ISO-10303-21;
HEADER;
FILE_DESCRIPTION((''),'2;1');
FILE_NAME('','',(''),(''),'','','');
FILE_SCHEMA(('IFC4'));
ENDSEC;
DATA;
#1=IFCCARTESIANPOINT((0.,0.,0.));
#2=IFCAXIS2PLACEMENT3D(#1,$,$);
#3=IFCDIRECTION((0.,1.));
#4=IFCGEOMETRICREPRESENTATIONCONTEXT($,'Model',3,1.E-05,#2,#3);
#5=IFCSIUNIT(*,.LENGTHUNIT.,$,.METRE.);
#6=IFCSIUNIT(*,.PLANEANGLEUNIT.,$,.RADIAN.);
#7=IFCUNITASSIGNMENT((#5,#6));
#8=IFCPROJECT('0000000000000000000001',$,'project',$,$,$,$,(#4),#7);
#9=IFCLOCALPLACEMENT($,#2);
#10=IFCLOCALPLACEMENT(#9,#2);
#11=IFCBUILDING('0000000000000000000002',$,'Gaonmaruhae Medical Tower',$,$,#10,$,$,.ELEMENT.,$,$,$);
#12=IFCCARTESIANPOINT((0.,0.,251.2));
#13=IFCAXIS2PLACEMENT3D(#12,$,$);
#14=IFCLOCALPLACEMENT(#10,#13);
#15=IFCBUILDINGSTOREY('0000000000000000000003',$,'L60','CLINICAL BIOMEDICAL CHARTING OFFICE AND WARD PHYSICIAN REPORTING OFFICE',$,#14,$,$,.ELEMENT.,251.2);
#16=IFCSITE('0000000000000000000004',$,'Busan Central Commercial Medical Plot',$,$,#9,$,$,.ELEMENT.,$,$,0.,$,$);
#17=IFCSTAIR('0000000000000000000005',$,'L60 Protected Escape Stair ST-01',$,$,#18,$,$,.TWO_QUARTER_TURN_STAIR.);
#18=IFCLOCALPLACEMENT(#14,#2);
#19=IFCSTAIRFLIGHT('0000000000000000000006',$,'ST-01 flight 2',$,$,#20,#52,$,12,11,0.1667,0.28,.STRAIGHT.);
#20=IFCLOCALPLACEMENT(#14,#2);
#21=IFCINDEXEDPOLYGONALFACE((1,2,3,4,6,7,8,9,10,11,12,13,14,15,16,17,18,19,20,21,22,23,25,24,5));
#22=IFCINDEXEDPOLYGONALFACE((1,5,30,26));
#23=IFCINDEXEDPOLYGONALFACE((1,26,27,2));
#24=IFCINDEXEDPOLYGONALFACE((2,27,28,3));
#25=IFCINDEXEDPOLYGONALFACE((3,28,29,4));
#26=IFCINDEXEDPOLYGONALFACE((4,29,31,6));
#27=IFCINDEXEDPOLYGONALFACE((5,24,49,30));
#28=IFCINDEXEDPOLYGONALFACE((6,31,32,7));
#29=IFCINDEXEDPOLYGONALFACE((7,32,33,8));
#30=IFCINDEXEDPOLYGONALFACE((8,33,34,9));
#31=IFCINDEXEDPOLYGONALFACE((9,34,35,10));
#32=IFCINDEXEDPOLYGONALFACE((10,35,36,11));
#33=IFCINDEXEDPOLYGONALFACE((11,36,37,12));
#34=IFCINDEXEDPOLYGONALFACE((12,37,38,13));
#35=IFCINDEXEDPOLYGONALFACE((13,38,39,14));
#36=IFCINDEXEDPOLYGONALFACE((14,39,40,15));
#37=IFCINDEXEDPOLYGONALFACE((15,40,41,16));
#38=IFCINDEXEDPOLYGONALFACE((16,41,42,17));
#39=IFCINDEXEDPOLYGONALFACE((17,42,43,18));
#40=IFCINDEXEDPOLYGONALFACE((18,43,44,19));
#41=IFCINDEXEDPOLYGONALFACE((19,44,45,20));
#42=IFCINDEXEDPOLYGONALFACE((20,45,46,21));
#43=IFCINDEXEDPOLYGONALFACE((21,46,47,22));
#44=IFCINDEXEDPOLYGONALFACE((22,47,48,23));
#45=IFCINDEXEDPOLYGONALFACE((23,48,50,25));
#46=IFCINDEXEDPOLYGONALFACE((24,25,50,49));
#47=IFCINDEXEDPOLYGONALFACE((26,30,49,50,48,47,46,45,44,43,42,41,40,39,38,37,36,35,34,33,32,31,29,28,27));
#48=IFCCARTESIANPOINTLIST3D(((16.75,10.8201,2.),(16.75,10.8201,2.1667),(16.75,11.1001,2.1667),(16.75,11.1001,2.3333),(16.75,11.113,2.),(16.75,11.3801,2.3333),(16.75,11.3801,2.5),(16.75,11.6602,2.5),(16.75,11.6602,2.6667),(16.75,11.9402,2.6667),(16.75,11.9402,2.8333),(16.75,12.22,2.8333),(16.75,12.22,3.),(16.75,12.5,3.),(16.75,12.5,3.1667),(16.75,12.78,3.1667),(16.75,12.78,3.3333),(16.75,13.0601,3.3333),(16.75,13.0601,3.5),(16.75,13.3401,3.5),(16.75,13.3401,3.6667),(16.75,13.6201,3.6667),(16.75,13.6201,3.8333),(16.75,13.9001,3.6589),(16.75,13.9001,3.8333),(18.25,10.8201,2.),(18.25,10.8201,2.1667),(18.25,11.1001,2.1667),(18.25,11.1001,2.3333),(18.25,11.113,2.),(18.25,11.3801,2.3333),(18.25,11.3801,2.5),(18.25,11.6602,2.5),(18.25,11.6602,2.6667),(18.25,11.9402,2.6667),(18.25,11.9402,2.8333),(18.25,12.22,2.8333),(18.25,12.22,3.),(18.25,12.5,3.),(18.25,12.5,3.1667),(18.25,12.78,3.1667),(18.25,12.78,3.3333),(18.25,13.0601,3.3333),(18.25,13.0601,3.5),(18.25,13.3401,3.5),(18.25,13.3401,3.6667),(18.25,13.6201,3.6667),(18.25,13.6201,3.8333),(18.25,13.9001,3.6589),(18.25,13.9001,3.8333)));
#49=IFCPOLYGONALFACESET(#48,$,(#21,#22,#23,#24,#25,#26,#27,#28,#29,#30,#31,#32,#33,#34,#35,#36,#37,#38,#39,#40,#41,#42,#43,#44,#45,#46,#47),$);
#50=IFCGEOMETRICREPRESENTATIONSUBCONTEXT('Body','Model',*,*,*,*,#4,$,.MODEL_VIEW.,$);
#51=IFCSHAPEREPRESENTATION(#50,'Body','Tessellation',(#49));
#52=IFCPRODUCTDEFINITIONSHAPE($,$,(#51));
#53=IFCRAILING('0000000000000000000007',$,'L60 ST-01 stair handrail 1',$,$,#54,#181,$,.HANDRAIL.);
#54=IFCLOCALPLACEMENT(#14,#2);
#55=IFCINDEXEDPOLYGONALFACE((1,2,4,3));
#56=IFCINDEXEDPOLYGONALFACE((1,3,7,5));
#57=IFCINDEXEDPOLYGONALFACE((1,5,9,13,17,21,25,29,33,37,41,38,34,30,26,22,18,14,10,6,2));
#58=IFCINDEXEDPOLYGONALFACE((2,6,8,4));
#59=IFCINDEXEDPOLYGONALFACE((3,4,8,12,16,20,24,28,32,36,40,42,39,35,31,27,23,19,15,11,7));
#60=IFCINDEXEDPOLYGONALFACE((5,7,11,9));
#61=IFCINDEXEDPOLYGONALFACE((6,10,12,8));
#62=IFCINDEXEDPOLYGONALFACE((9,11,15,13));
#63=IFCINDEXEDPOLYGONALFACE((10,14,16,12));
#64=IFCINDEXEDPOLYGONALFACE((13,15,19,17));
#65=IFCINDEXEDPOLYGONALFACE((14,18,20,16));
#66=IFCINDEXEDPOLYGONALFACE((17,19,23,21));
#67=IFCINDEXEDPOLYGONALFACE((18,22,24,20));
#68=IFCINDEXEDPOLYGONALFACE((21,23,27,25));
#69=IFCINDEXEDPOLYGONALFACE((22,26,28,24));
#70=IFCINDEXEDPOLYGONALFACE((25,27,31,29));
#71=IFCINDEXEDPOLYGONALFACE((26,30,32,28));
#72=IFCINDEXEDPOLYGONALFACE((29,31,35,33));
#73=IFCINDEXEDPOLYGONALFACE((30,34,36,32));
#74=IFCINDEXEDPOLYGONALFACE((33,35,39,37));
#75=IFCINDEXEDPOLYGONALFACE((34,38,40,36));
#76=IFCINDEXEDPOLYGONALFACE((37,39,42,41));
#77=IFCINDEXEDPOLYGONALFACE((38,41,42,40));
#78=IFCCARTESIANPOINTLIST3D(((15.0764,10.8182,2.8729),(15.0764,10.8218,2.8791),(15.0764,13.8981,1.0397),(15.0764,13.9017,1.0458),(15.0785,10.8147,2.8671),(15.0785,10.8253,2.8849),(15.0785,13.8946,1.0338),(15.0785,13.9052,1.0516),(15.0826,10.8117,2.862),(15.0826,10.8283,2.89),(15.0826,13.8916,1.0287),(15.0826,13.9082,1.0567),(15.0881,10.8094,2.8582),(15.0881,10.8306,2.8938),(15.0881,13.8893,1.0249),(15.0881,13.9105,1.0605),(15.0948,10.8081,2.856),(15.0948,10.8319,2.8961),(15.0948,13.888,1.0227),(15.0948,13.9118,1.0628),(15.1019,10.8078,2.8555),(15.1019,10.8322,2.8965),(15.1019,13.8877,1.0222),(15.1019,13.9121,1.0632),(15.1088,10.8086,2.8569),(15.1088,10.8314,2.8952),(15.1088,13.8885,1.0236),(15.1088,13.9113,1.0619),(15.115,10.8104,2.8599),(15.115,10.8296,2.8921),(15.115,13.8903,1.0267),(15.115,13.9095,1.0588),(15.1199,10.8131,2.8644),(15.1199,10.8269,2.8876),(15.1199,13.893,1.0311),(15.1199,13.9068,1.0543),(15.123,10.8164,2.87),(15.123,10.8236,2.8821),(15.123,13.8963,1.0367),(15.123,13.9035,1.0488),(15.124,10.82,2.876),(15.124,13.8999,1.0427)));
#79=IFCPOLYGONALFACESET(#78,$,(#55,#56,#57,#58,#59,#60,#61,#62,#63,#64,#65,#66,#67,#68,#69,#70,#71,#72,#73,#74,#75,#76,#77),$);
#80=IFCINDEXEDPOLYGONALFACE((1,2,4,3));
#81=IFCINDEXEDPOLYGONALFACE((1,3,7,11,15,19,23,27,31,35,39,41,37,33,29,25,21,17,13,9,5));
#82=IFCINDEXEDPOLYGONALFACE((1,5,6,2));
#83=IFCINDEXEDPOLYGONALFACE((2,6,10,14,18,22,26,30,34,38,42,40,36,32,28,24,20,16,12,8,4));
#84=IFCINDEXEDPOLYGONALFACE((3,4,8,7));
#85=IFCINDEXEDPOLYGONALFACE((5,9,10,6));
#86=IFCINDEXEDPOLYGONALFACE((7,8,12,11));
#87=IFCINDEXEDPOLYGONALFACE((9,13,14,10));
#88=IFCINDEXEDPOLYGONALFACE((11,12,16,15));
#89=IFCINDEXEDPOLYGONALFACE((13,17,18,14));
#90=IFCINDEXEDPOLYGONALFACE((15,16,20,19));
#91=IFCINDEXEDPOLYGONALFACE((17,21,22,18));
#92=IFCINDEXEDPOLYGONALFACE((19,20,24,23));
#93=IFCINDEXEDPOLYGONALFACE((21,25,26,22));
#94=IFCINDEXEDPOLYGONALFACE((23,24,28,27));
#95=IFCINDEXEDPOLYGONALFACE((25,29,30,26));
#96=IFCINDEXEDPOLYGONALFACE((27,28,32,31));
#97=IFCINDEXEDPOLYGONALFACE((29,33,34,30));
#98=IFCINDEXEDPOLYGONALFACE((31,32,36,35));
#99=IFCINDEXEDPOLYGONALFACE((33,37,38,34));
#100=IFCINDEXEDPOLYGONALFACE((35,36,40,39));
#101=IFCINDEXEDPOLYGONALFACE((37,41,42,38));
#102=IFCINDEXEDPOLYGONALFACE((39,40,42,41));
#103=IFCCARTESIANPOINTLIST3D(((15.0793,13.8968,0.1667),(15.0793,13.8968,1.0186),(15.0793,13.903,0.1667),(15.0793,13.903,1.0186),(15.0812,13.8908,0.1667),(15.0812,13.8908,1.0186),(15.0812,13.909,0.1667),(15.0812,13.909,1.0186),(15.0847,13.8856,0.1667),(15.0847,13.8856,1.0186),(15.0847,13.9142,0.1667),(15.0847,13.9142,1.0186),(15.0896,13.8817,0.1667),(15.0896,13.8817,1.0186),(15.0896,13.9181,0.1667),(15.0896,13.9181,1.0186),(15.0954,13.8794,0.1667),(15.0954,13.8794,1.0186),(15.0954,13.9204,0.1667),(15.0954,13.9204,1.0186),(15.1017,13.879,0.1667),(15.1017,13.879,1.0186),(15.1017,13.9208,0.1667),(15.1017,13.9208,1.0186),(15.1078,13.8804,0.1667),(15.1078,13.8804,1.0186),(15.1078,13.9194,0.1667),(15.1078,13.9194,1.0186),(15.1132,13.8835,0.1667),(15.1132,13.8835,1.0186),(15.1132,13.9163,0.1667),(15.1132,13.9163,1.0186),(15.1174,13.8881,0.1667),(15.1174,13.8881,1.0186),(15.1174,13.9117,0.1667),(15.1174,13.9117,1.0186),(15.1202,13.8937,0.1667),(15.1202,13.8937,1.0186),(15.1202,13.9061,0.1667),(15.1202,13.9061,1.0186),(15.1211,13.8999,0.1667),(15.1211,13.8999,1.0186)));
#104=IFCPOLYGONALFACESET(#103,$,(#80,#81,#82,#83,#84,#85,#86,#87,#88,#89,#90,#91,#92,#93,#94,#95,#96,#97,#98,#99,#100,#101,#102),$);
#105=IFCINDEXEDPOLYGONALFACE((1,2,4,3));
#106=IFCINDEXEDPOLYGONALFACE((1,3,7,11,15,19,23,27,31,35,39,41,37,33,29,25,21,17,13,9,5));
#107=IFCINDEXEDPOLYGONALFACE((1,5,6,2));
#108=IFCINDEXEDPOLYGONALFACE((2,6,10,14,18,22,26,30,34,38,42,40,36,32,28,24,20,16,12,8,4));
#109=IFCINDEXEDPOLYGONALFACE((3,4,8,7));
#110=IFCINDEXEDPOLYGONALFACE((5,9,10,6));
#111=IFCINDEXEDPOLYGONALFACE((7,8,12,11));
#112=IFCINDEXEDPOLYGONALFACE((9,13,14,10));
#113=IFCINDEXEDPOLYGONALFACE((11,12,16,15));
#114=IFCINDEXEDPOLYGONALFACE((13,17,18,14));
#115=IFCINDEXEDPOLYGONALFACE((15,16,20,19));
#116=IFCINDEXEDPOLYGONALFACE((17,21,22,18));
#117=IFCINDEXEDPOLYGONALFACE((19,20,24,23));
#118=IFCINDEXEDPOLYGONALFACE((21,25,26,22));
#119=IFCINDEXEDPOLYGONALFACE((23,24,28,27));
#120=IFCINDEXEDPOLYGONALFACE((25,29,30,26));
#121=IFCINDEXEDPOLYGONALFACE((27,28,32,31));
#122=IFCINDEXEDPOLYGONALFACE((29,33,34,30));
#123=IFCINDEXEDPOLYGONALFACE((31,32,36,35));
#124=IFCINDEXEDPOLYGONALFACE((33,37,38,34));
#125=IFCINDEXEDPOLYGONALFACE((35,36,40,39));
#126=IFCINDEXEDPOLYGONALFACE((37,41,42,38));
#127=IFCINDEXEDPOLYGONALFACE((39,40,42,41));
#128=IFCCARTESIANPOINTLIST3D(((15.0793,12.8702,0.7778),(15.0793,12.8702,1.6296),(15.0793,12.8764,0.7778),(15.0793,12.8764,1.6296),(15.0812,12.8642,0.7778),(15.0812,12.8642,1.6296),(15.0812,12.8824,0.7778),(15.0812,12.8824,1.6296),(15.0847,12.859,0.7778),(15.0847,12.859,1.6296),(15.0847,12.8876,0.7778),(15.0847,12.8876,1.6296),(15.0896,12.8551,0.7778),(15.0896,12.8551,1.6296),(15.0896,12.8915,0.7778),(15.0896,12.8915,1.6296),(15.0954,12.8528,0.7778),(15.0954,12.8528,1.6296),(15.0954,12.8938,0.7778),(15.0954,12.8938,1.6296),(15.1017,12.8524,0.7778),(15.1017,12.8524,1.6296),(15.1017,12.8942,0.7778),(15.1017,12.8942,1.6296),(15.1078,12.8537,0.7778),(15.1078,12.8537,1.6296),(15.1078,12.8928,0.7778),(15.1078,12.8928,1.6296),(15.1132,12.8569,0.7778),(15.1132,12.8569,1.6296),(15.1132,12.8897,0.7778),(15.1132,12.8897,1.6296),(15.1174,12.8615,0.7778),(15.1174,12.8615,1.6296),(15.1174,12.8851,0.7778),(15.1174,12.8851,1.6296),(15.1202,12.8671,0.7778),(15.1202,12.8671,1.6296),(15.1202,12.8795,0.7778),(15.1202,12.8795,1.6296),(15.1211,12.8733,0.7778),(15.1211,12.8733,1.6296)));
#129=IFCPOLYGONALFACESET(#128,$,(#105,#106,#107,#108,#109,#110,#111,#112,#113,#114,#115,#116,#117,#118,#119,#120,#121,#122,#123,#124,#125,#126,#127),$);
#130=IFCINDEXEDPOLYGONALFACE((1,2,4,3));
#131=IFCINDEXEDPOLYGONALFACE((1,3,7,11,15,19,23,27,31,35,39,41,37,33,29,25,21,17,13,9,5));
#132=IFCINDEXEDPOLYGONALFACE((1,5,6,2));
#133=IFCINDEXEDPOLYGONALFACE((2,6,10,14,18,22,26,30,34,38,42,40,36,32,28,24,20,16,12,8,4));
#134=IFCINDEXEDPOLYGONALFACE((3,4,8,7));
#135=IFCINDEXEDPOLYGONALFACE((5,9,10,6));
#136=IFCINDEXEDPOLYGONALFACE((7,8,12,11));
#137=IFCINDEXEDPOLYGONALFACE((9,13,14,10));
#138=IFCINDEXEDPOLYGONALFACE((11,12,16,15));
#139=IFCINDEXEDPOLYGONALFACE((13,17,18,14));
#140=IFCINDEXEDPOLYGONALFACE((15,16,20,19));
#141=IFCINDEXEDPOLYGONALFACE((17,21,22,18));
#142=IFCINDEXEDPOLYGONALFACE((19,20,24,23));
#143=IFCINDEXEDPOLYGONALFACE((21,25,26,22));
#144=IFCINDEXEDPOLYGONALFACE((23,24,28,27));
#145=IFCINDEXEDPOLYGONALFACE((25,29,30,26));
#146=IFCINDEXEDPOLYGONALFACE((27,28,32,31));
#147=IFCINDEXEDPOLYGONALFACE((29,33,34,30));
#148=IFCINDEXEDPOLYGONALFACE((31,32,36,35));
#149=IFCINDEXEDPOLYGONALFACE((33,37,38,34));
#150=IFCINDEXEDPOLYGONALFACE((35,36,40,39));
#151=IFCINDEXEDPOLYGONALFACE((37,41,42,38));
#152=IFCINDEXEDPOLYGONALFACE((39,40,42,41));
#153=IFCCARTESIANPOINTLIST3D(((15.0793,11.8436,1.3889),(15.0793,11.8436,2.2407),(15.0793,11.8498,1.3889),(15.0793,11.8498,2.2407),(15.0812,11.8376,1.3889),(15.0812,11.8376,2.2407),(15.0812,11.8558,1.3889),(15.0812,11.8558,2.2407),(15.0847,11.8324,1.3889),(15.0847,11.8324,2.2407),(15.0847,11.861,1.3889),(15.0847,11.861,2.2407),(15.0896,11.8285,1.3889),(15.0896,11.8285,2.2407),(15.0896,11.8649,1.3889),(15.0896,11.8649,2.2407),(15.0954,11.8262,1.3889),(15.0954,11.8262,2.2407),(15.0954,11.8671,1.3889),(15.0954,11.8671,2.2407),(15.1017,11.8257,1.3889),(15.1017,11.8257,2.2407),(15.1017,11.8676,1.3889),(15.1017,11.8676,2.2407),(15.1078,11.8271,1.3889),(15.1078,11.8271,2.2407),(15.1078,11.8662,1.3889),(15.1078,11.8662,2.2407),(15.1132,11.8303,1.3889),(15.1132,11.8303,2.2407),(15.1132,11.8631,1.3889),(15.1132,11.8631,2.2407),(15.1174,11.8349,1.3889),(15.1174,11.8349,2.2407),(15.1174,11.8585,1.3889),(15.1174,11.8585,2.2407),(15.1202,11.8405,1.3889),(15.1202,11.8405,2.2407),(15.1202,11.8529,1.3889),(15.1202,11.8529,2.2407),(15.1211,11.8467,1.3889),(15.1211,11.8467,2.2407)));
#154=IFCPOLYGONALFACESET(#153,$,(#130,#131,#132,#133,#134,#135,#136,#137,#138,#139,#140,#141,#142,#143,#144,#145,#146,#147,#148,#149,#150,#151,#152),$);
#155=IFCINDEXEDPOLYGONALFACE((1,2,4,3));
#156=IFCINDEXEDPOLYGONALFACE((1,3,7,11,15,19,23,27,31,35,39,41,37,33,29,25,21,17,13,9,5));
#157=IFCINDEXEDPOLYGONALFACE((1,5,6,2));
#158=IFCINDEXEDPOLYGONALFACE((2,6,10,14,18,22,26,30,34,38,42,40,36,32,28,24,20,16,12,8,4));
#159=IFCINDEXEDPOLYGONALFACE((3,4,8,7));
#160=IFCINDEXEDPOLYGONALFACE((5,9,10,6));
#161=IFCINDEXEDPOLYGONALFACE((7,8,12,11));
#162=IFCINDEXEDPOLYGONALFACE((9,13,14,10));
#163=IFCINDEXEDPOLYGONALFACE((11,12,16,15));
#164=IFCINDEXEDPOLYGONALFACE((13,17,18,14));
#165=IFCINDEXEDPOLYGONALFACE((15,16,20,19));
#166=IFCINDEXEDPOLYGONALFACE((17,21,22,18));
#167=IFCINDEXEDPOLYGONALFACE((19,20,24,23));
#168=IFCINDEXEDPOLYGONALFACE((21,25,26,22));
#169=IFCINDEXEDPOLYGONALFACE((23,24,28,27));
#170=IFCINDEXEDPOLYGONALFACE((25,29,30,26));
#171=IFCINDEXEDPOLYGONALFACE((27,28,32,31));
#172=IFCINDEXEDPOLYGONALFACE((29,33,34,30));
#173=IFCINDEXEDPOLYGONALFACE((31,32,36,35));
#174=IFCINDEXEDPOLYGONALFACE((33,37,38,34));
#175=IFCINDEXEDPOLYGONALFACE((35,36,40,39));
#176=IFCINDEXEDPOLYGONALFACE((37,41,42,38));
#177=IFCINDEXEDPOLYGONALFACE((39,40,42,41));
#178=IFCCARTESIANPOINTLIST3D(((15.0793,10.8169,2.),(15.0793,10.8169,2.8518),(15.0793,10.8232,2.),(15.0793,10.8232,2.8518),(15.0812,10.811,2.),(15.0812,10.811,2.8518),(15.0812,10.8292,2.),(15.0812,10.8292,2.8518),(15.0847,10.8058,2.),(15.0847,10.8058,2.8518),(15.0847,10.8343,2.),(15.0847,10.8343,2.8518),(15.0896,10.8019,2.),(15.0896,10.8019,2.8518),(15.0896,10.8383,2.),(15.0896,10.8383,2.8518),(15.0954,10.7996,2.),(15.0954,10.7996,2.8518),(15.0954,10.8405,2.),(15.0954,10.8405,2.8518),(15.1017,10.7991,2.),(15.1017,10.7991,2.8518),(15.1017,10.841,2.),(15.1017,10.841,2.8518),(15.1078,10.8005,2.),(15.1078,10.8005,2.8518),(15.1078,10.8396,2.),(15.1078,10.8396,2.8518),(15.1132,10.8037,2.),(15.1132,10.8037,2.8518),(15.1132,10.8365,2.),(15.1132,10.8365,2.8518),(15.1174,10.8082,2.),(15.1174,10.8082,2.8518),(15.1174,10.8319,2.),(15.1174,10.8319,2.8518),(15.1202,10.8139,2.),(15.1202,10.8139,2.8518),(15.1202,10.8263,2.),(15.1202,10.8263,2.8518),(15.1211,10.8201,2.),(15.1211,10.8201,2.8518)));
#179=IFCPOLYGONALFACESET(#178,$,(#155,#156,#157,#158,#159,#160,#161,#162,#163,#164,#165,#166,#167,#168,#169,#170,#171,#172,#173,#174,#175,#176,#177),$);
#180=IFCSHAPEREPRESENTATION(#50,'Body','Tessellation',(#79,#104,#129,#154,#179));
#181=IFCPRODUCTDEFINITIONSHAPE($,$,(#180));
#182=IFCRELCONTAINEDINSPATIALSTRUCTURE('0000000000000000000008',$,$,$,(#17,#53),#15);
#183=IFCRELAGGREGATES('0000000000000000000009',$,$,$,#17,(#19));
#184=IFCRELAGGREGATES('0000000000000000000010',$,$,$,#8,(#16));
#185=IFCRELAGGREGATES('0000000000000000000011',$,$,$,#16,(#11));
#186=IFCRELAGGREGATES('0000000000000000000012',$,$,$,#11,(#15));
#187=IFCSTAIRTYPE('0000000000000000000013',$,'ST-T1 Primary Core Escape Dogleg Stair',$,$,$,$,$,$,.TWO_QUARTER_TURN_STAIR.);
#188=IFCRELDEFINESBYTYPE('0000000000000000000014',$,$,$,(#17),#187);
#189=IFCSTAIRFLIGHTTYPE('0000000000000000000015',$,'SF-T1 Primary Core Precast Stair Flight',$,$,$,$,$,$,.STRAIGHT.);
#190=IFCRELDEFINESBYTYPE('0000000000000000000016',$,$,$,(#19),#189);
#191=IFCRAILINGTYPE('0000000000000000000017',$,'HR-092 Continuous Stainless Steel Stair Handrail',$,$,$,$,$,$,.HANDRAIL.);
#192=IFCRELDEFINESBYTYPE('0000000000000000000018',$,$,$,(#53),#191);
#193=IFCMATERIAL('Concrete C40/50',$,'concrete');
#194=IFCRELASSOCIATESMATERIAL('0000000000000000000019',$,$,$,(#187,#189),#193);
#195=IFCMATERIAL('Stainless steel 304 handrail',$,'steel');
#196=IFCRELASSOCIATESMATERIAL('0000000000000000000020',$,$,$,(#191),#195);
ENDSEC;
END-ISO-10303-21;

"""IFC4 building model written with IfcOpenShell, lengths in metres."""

from ifc_helpers import new_model, si_unit, direction, frame, origin, origin_2d, place, context, subcontext, project, spatial, polyline, circle, outline, extrude, material, type_object, element, aggregate, save


model = new_model("IFC4")

# Units and contexts
model_context = context("Model", 3, precision=1e-05, world=origin(), true_north=direction((0.0, 1.0)))
body_context = subcontext(model_context, "Body", "Model", "MODEL_VIEW")
ifc_project = project(units=[si_unit("LENGTHUNIT", "METRE"), si_unit("PLANEANGLEUNIT", "RADIAN")], contexts=[model_context])

# Site, building, storey
site_placement = place(None, origin())
site = spatial("IfcSite", under=ifc_project, at=site_placement, Name="Busan Central Commercial Medical Plot", CompositionType="ELEMENT", RefElevation=0.0)
building_placement = place(site_placement, origin())
building = spatial("IfcBuilding", under=site, at=building_placement, Name="Gaonmaruhae Medical Tower", CompositionType="ELEMENT")
storey_placement = place(building_placement, frame((0.0, 0.0, 251.2)))
storey = spatial("IfcBuildingStorey", under=building, at=storey_placement, Name="L60", Description="CLINICAL BIOMEDICAL CHARTING OFFICE AND WARD PHYSICIAN REPORTING OFFICE", CompositionType="ELEMENT", Elevation=251.2)

# Stair, stair flight
ifc_material_1 = material(Name="Concrete C40/50", Category="concrete")
stair_type = type_object("IfcStairType", Name="ST-T1 Primary Core Escape Dogleg Stair", PredefinedType="TWO_QUARTER_TURN_STAIR", material=ifc_material_1)
stair_placement = place(storey_placement, origin())
stair = element("IfcStair", 1, at=stair_placement, inside=storey, type_object=stair_type, Name="L60 Protected Escape Stair ST-01", PredefinedType="TWO_QUARTER_TURN_STAIR")
stair_flight_type = type_object("IfcStairFlightType", Name="SF-T1 Primary Core Precast Stair Flight", PredefinedType="STRAIGHT", material=ifc_material_1)
stair_flight_1_placement = place(storey_placement, frame((17.5, 10.8201, 2.0), z_axis=(0.0, 0.0, 1.0), x_axis=(0.0, 1.0, 0.0)))
stair_flight_1 = element("IfcStairFlight", 2, at=stair_flight_1_placement, type_object=stair_flight_type, Name="ST-01 flight 2", NumberOfRisers=12, NumberOfTreads=11, PredefinedType="STRAIGHT", RiserHeight=0.1667, TreadLength=0.28, context=body_context, shape_type="SweptSolid", body=[
    extrude(outline(polyline([(0.0, 0.0), (0.0, 0.1667), (0.28, 0.1667), (0.28, 0.3333), (0.5601, 0.3333), (0.5601, 0.5), (0.8401, 0.5), (0.8401, 0.6667), (1.1201, 0.6667), (1.1201, 0.8333), (1.3999, 0.8333), (1.3999, 1.0), (1.6799, 1.0), (1.6799, 1.1667), (1.96, 1.1667), (1.96, 1.3333), (2.24, 1.3333), (2.24, 1.5), (2.52, 1.5), (2.52, 1.6667), (2.8, 1.6667), (2.8, 1.8333), (3.0801, 1.8333), (3.0801, 2.0), (3.0801, 1.6589), (0.293, 0.0), (0.0, 0.0)])), frame((0.0, 0.75, 0.0), z_axis=(0.0, -1.0, 0.0), x_axis=(1.0, 0.0, 0.0)), (0.0, 0.0, 1.0), 1.5),
])
aggregate(stair, [stair_flight_1])

# Railing
ifc_material_2 = material(Name="Stainless steel 304 handrail", Category="steel")
railing_type_1 = type_object("IfcRailingType", Name="HR-092 Continuous Stainless Steel Stair Handrail", PredefinedType="HANDRAIL", material=ifc_material_2)
railing_1_placement = place(storey_placement, frame((15.1001, 13.8999, 0.1667)))
element("IfcRailing", 3, at=railing_1_placement, inside=storey, type_object=railing_type_1, Name="L60 ST-01 stair handrail 1", PredefinedType="HANDRAIL", context=body_context, shape_type="SweptSolid", body=[
    extrude(circle(Radius=0.0239, at=origin_2d()), frame((0.0, 0.0, 0.876), z_axis=(0.0, -0.859291, 0.511487), x_axis=(1.0, 0.0, 0.0)), (0.0, 0.0, 1.0), 3.5842),
    extrude(circle(Radius=0.021, at=origin_2d()), origin(), (0.0, 0.0, 1.0), 0.8518),
    extrude(circle(Radius=0.021, at=origin_2d()), frame((0.0, -1.0266, 0.6111)), (0.0, 0.0, 1.0), 0.8518),
    extrude(circle(Radius=0.021, at=origin_2d()), frame((0.0, -2.0532, 1.2222)), (0.0, 0.0, 1.0), 0.8518),
    extrude(circle(Radius=0.021, at=origin_2d()), frame((0.0, -3.0798, 1.8333)), (0.0, 0.0, 1.0), 0.8518),
])

save(model, "model.ifc")
